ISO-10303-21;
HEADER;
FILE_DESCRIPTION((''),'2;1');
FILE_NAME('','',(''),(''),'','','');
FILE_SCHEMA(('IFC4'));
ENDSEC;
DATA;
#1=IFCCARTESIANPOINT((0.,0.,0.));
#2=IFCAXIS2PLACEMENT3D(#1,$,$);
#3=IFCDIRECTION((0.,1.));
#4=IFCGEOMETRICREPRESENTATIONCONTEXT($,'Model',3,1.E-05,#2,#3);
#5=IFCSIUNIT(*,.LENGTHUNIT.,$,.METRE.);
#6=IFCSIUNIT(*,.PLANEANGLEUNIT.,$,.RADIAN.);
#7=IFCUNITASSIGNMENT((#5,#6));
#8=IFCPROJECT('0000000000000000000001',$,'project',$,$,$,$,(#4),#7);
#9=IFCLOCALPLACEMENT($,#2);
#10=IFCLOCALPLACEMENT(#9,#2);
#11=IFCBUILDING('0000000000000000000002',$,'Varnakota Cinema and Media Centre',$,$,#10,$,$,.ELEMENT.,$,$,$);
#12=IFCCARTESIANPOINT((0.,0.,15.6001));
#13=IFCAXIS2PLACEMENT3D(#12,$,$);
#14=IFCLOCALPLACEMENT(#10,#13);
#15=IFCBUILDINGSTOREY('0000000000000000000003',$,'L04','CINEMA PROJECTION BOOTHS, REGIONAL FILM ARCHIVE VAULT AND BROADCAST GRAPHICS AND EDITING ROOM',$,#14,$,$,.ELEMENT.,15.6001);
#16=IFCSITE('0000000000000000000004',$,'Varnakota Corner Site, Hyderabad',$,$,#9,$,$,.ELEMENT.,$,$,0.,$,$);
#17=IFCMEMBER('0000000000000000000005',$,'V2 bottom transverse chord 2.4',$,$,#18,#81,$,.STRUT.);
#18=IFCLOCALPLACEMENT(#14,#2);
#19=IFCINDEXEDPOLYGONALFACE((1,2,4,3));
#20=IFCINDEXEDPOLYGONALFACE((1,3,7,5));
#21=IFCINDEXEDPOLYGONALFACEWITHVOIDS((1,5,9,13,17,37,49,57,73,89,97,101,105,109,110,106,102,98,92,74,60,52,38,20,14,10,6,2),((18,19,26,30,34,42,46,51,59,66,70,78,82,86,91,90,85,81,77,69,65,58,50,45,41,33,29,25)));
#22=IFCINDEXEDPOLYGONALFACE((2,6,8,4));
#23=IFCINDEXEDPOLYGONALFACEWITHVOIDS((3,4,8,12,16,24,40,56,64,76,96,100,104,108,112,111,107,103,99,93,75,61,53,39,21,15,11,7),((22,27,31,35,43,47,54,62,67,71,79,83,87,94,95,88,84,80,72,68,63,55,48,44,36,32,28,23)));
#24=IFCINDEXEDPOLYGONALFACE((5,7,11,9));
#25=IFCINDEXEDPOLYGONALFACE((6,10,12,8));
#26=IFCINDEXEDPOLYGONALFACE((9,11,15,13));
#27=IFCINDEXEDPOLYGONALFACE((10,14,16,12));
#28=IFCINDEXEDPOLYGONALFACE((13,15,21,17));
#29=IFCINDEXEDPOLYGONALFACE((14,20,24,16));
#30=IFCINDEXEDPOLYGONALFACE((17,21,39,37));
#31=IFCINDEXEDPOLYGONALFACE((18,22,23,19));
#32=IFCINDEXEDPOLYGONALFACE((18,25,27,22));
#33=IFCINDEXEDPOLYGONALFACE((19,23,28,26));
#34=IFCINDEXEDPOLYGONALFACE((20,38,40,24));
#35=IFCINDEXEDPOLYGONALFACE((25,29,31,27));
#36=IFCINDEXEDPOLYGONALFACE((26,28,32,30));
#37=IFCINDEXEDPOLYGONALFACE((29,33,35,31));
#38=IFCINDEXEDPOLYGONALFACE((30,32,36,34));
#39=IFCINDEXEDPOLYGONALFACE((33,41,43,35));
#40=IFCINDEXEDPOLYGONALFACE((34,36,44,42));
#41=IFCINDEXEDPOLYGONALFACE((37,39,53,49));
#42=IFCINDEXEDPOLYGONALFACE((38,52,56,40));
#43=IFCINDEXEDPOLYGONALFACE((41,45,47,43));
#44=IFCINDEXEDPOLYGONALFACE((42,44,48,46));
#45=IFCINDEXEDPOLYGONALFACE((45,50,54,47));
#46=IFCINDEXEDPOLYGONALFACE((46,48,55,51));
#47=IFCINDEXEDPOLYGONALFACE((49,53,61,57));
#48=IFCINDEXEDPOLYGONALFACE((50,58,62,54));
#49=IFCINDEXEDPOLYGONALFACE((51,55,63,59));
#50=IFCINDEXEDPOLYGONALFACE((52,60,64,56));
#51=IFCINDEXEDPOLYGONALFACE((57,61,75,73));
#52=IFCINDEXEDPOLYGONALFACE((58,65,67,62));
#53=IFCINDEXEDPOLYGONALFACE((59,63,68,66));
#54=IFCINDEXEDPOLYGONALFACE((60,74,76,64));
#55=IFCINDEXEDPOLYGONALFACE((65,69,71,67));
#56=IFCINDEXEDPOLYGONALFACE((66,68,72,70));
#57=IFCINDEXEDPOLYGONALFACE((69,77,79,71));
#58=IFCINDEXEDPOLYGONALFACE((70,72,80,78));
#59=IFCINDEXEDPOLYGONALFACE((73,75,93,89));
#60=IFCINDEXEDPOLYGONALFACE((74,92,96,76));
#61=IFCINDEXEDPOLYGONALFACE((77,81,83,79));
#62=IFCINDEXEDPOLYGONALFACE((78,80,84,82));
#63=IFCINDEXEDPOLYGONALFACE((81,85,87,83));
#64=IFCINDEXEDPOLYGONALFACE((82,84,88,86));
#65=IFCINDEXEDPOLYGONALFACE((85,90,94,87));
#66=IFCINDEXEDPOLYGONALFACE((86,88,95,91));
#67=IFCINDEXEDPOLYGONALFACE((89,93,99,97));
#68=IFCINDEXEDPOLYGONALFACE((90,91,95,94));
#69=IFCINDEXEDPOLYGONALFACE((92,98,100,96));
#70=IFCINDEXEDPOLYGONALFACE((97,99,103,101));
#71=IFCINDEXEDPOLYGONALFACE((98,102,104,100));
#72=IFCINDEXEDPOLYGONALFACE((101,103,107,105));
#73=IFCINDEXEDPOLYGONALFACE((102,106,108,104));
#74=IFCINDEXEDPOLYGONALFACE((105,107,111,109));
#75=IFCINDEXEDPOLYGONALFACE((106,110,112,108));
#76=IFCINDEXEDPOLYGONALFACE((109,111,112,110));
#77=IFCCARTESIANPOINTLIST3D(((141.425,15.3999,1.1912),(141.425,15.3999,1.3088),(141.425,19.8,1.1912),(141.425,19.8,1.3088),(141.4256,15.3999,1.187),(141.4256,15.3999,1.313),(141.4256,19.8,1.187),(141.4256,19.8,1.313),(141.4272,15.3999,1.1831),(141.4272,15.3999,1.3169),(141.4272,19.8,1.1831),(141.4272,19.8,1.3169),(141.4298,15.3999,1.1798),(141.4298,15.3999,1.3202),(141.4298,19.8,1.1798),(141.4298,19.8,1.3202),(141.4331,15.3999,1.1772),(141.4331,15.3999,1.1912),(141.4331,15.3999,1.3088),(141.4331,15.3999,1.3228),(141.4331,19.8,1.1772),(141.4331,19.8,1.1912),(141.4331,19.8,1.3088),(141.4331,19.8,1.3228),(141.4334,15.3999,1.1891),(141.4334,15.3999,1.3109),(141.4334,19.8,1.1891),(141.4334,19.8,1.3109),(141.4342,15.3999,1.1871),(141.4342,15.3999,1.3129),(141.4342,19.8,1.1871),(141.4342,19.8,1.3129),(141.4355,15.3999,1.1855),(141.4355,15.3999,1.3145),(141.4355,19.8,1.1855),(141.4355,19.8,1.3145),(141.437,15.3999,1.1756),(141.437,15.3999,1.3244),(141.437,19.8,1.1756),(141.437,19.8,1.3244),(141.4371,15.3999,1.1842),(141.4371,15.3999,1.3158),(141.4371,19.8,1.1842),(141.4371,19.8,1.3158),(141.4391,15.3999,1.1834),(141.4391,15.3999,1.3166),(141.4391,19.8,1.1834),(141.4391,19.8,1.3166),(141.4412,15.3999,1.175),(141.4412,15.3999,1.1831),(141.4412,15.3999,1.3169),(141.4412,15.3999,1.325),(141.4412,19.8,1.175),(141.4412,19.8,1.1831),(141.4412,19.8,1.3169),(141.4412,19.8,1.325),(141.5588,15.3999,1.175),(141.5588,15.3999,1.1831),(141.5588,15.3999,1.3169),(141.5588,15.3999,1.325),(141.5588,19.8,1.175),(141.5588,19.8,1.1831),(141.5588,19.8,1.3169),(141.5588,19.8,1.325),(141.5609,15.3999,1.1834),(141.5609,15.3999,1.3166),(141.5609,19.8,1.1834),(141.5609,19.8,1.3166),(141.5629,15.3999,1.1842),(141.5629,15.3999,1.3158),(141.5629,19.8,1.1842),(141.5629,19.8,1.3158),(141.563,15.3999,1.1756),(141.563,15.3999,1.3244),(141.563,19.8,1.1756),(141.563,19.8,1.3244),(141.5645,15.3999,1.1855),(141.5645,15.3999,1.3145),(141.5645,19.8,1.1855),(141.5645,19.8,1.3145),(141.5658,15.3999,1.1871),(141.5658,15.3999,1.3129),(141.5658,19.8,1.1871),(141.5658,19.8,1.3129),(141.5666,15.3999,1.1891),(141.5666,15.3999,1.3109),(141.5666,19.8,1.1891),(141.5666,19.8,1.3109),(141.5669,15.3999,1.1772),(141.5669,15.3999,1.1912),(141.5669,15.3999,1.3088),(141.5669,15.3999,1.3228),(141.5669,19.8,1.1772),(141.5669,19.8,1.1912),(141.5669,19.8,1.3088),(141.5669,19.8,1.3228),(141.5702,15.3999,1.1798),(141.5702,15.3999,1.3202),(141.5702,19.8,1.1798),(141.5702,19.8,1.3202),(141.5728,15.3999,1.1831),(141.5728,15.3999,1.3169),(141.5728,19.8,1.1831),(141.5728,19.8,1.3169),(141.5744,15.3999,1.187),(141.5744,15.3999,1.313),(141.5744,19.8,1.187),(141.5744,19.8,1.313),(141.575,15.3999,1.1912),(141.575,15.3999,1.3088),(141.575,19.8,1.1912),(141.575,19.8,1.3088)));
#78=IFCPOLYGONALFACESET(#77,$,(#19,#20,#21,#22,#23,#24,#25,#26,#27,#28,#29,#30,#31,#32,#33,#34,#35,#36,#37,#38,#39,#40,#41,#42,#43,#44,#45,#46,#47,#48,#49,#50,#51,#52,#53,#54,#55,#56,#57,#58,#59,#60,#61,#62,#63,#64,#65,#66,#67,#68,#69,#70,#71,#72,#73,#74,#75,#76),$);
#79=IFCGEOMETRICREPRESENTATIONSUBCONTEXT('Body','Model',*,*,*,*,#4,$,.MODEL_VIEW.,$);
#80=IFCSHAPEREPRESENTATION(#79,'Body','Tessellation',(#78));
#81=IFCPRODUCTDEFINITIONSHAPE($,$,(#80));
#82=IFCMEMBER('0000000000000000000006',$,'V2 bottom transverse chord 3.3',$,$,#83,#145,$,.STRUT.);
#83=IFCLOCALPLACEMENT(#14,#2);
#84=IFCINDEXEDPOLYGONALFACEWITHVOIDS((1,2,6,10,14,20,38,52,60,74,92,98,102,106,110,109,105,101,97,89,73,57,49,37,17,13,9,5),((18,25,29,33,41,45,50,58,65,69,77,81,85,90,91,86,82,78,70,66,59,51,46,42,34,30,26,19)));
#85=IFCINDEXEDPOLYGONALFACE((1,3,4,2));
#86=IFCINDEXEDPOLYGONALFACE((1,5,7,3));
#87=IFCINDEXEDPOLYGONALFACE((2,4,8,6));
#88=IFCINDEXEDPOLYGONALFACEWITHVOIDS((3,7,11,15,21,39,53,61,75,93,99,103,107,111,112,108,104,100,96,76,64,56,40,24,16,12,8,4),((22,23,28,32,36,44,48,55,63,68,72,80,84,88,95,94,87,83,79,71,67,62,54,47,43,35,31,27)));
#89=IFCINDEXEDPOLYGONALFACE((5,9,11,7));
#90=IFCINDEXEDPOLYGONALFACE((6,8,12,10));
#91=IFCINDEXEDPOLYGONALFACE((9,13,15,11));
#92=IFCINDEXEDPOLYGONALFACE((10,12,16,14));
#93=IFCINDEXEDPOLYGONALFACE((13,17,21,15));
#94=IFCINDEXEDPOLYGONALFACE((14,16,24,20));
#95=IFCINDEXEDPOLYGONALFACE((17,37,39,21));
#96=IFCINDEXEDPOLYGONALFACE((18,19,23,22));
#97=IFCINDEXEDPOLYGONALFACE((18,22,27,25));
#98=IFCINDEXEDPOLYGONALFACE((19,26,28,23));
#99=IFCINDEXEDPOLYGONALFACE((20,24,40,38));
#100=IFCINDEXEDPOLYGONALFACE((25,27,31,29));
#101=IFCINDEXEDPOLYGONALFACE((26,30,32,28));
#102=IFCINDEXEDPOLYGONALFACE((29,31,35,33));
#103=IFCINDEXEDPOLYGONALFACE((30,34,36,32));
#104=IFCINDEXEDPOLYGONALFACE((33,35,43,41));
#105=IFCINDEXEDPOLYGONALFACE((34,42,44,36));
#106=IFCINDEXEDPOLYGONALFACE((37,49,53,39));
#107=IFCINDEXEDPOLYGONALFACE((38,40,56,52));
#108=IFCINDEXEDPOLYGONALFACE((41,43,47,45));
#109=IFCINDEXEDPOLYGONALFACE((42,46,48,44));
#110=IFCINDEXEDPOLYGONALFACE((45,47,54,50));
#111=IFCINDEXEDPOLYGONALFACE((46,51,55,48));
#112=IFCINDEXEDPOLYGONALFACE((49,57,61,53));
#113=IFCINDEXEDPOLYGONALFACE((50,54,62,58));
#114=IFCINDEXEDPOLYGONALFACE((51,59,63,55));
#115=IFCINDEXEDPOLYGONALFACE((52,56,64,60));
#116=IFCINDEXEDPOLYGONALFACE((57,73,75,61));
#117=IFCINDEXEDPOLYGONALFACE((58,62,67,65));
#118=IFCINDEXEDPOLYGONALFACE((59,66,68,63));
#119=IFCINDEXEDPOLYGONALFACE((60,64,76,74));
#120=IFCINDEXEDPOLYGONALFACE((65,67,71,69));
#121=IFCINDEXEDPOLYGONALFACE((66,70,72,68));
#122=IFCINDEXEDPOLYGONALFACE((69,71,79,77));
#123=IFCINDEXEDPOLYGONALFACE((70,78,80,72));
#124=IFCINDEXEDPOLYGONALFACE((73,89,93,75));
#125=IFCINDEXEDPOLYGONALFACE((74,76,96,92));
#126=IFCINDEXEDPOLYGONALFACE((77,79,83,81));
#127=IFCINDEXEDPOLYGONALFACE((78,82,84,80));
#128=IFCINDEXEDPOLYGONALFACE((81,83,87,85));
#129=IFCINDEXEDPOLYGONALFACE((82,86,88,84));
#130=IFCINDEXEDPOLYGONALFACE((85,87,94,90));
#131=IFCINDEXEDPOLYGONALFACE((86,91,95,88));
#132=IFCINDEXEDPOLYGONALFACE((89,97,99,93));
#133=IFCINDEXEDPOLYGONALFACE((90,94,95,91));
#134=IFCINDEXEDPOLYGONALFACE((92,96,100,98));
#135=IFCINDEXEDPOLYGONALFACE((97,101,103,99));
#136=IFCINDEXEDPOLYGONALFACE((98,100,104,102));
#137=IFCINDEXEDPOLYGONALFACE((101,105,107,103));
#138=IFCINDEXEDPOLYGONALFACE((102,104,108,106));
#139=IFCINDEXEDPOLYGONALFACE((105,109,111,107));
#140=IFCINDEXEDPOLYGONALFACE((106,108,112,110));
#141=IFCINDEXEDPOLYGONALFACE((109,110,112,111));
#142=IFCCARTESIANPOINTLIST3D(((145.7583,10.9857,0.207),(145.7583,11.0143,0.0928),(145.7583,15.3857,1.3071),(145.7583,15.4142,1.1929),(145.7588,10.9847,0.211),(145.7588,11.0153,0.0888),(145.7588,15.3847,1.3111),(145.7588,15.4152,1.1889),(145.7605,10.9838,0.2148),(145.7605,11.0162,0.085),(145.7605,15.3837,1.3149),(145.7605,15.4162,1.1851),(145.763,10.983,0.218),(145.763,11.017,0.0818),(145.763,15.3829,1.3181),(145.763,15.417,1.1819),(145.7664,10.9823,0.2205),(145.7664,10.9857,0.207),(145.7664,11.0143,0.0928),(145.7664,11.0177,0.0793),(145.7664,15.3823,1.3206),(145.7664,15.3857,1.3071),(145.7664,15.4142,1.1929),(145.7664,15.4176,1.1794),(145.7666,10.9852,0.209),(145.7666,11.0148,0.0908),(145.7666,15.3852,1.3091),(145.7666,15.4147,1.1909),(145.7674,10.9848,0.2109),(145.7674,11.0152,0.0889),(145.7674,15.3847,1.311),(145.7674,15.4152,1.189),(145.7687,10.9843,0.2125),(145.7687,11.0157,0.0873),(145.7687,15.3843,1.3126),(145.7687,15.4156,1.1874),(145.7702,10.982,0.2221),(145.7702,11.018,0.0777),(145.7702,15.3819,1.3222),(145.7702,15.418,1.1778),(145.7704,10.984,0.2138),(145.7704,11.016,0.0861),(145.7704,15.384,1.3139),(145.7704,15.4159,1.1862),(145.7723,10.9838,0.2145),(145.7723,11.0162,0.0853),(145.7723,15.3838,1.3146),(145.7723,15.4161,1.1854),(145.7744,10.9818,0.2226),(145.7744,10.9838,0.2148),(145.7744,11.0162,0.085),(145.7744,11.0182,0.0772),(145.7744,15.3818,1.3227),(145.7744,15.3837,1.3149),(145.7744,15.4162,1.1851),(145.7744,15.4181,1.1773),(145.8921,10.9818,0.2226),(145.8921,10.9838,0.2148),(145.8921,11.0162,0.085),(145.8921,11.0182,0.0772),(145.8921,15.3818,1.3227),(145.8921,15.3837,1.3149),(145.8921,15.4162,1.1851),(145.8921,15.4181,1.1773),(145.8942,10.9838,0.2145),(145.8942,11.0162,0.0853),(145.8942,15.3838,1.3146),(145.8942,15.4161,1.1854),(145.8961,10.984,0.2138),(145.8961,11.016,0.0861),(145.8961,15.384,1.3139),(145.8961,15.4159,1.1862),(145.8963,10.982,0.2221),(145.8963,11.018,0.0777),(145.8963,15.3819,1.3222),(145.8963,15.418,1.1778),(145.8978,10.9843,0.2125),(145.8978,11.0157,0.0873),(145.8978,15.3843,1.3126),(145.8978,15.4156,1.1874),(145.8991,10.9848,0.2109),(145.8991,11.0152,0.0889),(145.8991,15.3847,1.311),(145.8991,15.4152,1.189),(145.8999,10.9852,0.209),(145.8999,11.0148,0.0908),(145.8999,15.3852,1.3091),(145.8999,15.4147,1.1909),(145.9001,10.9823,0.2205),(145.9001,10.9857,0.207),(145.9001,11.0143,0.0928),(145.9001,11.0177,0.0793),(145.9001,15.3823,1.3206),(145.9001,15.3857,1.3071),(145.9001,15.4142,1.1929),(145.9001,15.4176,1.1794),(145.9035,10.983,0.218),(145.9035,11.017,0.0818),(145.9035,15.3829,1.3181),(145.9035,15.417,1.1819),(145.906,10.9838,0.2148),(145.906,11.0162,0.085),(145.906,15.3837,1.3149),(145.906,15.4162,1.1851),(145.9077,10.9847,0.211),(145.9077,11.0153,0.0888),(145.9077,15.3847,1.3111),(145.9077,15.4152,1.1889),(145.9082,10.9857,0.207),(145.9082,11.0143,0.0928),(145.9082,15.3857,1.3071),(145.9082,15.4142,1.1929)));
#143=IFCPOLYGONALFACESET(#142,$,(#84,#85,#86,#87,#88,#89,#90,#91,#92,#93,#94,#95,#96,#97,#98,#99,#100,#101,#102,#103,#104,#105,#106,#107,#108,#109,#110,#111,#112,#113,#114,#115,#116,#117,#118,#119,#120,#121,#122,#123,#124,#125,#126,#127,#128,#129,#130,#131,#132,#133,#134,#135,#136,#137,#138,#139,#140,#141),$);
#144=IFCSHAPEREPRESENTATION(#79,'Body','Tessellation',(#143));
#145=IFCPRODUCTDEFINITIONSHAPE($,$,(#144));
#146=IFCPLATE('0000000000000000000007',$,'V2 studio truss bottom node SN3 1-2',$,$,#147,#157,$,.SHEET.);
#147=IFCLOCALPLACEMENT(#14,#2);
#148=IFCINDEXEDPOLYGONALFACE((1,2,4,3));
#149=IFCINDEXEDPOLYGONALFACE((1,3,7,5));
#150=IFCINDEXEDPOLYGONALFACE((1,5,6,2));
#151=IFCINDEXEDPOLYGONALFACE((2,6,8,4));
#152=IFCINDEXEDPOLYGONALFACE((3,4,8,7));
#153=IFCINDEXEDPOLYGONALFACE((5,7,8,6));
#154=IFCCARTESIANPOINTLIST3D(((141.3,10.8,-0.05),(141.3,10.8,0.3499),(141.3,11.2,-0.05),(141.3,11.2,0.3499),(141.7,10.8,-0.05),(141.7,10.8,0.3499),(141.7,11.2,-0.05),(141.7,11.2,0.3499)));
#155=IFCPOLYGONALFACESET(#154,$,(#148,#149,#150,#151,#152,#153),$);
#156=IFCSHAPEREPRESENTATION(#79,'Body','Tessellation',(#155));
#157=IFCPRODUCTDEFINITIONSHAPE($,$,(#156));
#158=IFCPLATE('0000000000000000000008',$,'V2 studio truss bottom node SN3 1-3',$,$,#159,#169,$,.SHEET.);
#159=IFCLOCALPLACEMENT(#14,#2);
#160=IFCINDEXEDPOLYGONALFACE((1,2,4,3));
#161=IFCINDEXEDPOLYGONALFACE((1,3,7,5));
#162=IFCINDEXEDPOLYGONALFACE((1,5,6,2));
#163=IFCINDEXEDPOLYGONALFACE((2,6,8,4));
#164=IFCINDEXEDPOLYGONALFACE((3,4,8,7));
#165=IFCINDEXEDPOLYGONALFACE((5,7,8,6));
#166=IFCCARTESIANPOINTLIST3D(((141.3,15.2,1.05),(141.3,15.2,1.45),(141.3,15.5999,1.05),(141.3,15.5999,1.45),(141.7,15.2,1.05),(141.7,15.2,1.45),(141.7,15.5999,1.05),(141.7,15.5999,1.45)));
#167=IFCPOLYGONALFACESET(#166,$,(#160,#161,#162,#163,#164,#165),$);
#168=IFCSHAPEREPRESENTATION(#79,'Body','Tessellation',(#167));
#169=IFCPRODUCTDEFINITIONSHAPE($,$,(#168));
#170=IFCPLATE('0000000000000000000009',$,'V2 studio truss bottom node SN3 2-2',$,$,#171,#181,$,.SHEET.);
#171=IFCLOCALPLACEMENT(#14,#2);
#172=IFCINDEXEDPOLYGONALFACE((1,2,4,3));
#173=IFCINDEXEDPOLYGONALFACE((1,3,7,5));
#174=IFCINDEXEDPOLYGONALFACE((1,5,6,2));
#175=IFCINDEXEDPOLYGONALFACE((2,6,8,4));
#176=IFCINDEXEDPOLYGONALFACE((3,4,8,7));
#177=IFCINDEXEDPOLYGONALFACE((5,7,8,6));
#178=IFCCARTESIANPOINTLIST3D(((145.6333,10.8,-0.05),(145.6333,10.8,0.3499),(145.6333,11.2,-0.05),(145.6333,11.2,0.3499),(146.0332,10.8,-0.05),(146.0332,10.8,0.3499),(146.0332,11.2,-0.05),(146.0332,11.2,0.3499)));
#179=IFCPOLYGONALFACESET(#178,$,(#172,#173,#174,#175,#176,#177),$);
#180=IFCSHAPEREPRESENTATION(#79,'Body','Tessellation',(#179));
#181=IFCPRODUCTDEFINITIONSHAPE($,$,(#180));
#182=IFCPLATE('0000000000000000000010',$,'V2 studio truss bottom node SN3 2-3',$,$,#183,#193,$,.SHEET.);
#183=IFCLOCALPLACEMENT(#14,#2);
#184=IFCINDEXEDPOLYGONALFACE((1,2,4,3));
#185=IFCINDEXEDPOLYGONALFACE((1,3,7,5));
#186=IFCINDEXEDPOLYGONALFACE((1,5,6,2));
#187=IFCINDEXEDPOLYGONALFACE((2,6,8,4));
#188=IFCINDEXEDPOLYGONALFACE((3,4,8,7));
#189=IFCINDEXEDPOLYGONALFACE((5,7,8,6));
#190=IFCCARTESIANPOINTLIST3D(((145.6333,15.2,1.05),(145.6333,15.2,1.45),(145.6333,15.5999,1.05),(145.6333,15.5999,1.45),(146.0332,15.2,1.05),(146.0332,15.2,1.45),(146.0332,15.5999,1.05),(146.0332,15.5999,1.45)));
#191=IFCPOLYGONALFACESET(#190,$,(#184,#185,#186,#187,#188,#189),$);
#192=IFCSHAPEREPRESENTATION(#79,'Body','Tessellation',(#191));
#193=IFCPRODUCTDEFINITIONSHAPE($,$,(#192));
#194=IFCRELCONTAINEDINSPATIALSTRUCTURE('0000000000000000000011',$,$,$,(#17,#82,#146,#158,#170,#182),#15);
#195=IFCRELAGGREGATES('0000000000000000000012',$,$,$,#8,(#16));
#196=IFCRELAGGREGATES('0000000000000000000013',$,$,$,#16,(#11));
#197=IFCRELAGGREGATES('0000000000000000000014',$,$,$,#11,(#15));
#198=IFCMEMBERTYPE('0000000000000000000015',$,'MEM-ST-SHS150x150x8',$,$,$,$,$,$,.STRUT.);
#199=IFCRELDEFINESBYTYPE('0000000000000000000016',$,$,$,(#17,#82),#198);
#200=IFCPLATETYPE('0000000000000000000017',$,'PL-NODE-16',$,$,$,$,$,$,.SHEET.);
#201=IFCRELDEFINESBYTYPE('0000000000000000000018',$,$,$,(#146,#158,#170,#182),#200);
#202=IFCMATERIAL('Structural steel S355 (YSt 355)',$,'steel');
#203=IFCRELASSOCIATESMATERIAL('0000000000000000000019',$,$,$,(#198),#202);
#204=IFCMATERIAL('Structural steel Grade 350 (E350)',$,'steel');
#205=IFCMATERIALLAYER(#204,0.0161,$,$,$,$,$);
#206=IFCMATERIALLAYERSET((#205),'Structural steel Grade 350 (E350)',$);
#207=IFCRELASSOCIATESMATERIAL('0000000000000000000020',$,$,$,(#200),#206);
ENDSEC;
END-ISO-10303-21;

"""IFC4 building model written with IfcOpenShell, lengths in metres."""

from ifc_helpers import new_model, si_unit, direction, frame, origin, origin_2d, place, context, subcontext, project, spatial, rectangle, hollow_rectangle, extrude, material, layer, layer_set, material_profile, profile_set, type_object, element, save


model = new_model("IFC4")

# Units and contexts
model_context = context("Model", 3, precision=1e-05, world=origin(), true_north=direction((0.0, 1.0)))
body_context = subcontext(model_context, "Body", "Model", "MODEL_VIEW")
ifc_project = project(units=[si_unit("LENGTHUNIT", "METRE"), si_unit("PLANEANGLEUNIT", "RADIAN")], contexts=[model_context])

# Site, building, storey
site_placement = place(None, origin())
site = spatial("IfcSite", under=ifc_project, at=site_placement, Name="Varnakota Corner Site, Hyderabad", CompositionType="ELEMENT", RefElevation=0.0)
building_placement = place(site_placement, origin())
building = spatial("IfcBuilding", under=site, at=building_placement, Name="Varnakota Cinema and Media Centre", CompositionType="ELEMENT")
storey_placement = place(building_placement, frame((0.0, 0.0, 15.6001)))
storey = spatial("IfcBuildingStorey", under=building, at=storey_placement, Name="L04", Description="CINEMA PROJECTION BOOTHS, REGIONAL FILM ARCHIVE VAULT AND BROADCAST GRAPHICS AND EDITING ROOM", CompositionType="ELEMENT", Elevation=15.6001)

# Members
ifc_material_1 = material(Name="Structural steel S355 (YSt 355)", Category="steel")
ifc_material_profile_1 = material_profile(ifc_material_1, hollow_rectangle(XDim=0.1499, YDim=0.1499, WallThickness=0.0081, InnerFilletRadius=0.0081, OuterFilletRadius=0.0161, at=origin_2d()), Name="SHS 150x150x8")
ifc_profile_set_1 = profile_set([ifc_material_profile_1], Name="Structural steel S355 (YSt 355)")
member_type_1 = type_object("IfcMemberType", Name="MEM-ST-SHS150x150x8", PredefinedType="STRUT", material=ifc_profile_set_1)
member_1_placement = place(storey_placement, frame((141.5, 15.3999, 1.25), z_axis=(0.0, 1.0, 0.0), x_axis=(-1.0, 0.0, 0.0)))
element("IfcMember", 1, at=member_1_placement, inside=storey, type_object=member_type_1, Name="V2 bottom transverse chord 2.4", PredefinedType="STRUT", context=body_context, shape_type="SweptSolid", body=[
    extrude(hollow_rectangle(XDim=0.1499, YDim=0.1499, WallThickness=0.0081, InnerFilletRadius=0.0081, OuterFilletRadius=0.0161, at=origin_2d()), origin(), (0.0, 0.0, 1.0), 4.4001),
])
member_2_placement = place(storey_placement, frame((145.8333, 11.0, 0.1499), z_axis=(0.0, 0.970136, 0.242561), x_axis=(-1.0, 0.0, 0.0)))
element("IfcMember", 2, at=member_2_placement, inside=storey, type_object=member_type_1, Name="V2 bottom transverse chord 3.3", PredefinedType="STRUT", context=body_context, shape_type="SweptSolid", body=[
    extrude(hollow_rectangle(XDim=0.1499, YDim=0.1499, WallThickness=0.0081, InnerFilletRadius=0.0081, OuterFilletRadius=0.0161, at=origin_2d()), origin(), (0.0, 0.0, 1.0), 4.5354),
])

# Plates
ifc_material_2 = material(Name="Structural steel Grade 350 (E350)", Category="steel")
ifc_layer = layer(ifc_material_2, 0.0161)
ifc_layer_set = layer_set([ifc_layer], Name="Structural steel Grade 350 (E350)")
plate_type = type_object("IfcPlateType", Name="PL-NODE-16", PredefinedType="SHEET", material=ifc_layer_set)
for number, where, z_axis, x_axis, name in (
    (3, (141.5, 11.0, -0.05), (0.0, 0.0, 1.0), (1.0, 0.0, 0.0), "V2 studio truss bottom node SN3 1-2"),
    (4, (141.5, 15.3999, 1.05), (0.0, 0.0, 1.0), (1.0, 0.0, 0.0), "V2 studio truss bottom node SN3 1-3"),
    (5, (145.8333, 11.0, -0.05), (0.0, 0.0, 1.0), (1.0, 0.0, 0.0), "V2 studio truss bottom node SN3 2-2"),
    (6, (145.8333, 15.3999, 1.05), (0.0, 0.0, 1.0), (1.0, 0.0, 0.0), "V2 studio truss bottom node SN3 2-3"),
):
    element("IfcPlate", number, at=place(storey_placement, frame(where, z_axis=z_axis, x_axis=x_axis)), inside=storey, type_object=plate_type, Name=name, PredefinedType="SHEET", context=body_context, shape_type="SweptSolid", body=[
        extrude(rectangle(XDim=0.3999, YDim=0.3999, at=origin_2d()), origin(), (0.0, 0.0, 1.0), 0.3999),
    ])

save(model, "model.ifc")
